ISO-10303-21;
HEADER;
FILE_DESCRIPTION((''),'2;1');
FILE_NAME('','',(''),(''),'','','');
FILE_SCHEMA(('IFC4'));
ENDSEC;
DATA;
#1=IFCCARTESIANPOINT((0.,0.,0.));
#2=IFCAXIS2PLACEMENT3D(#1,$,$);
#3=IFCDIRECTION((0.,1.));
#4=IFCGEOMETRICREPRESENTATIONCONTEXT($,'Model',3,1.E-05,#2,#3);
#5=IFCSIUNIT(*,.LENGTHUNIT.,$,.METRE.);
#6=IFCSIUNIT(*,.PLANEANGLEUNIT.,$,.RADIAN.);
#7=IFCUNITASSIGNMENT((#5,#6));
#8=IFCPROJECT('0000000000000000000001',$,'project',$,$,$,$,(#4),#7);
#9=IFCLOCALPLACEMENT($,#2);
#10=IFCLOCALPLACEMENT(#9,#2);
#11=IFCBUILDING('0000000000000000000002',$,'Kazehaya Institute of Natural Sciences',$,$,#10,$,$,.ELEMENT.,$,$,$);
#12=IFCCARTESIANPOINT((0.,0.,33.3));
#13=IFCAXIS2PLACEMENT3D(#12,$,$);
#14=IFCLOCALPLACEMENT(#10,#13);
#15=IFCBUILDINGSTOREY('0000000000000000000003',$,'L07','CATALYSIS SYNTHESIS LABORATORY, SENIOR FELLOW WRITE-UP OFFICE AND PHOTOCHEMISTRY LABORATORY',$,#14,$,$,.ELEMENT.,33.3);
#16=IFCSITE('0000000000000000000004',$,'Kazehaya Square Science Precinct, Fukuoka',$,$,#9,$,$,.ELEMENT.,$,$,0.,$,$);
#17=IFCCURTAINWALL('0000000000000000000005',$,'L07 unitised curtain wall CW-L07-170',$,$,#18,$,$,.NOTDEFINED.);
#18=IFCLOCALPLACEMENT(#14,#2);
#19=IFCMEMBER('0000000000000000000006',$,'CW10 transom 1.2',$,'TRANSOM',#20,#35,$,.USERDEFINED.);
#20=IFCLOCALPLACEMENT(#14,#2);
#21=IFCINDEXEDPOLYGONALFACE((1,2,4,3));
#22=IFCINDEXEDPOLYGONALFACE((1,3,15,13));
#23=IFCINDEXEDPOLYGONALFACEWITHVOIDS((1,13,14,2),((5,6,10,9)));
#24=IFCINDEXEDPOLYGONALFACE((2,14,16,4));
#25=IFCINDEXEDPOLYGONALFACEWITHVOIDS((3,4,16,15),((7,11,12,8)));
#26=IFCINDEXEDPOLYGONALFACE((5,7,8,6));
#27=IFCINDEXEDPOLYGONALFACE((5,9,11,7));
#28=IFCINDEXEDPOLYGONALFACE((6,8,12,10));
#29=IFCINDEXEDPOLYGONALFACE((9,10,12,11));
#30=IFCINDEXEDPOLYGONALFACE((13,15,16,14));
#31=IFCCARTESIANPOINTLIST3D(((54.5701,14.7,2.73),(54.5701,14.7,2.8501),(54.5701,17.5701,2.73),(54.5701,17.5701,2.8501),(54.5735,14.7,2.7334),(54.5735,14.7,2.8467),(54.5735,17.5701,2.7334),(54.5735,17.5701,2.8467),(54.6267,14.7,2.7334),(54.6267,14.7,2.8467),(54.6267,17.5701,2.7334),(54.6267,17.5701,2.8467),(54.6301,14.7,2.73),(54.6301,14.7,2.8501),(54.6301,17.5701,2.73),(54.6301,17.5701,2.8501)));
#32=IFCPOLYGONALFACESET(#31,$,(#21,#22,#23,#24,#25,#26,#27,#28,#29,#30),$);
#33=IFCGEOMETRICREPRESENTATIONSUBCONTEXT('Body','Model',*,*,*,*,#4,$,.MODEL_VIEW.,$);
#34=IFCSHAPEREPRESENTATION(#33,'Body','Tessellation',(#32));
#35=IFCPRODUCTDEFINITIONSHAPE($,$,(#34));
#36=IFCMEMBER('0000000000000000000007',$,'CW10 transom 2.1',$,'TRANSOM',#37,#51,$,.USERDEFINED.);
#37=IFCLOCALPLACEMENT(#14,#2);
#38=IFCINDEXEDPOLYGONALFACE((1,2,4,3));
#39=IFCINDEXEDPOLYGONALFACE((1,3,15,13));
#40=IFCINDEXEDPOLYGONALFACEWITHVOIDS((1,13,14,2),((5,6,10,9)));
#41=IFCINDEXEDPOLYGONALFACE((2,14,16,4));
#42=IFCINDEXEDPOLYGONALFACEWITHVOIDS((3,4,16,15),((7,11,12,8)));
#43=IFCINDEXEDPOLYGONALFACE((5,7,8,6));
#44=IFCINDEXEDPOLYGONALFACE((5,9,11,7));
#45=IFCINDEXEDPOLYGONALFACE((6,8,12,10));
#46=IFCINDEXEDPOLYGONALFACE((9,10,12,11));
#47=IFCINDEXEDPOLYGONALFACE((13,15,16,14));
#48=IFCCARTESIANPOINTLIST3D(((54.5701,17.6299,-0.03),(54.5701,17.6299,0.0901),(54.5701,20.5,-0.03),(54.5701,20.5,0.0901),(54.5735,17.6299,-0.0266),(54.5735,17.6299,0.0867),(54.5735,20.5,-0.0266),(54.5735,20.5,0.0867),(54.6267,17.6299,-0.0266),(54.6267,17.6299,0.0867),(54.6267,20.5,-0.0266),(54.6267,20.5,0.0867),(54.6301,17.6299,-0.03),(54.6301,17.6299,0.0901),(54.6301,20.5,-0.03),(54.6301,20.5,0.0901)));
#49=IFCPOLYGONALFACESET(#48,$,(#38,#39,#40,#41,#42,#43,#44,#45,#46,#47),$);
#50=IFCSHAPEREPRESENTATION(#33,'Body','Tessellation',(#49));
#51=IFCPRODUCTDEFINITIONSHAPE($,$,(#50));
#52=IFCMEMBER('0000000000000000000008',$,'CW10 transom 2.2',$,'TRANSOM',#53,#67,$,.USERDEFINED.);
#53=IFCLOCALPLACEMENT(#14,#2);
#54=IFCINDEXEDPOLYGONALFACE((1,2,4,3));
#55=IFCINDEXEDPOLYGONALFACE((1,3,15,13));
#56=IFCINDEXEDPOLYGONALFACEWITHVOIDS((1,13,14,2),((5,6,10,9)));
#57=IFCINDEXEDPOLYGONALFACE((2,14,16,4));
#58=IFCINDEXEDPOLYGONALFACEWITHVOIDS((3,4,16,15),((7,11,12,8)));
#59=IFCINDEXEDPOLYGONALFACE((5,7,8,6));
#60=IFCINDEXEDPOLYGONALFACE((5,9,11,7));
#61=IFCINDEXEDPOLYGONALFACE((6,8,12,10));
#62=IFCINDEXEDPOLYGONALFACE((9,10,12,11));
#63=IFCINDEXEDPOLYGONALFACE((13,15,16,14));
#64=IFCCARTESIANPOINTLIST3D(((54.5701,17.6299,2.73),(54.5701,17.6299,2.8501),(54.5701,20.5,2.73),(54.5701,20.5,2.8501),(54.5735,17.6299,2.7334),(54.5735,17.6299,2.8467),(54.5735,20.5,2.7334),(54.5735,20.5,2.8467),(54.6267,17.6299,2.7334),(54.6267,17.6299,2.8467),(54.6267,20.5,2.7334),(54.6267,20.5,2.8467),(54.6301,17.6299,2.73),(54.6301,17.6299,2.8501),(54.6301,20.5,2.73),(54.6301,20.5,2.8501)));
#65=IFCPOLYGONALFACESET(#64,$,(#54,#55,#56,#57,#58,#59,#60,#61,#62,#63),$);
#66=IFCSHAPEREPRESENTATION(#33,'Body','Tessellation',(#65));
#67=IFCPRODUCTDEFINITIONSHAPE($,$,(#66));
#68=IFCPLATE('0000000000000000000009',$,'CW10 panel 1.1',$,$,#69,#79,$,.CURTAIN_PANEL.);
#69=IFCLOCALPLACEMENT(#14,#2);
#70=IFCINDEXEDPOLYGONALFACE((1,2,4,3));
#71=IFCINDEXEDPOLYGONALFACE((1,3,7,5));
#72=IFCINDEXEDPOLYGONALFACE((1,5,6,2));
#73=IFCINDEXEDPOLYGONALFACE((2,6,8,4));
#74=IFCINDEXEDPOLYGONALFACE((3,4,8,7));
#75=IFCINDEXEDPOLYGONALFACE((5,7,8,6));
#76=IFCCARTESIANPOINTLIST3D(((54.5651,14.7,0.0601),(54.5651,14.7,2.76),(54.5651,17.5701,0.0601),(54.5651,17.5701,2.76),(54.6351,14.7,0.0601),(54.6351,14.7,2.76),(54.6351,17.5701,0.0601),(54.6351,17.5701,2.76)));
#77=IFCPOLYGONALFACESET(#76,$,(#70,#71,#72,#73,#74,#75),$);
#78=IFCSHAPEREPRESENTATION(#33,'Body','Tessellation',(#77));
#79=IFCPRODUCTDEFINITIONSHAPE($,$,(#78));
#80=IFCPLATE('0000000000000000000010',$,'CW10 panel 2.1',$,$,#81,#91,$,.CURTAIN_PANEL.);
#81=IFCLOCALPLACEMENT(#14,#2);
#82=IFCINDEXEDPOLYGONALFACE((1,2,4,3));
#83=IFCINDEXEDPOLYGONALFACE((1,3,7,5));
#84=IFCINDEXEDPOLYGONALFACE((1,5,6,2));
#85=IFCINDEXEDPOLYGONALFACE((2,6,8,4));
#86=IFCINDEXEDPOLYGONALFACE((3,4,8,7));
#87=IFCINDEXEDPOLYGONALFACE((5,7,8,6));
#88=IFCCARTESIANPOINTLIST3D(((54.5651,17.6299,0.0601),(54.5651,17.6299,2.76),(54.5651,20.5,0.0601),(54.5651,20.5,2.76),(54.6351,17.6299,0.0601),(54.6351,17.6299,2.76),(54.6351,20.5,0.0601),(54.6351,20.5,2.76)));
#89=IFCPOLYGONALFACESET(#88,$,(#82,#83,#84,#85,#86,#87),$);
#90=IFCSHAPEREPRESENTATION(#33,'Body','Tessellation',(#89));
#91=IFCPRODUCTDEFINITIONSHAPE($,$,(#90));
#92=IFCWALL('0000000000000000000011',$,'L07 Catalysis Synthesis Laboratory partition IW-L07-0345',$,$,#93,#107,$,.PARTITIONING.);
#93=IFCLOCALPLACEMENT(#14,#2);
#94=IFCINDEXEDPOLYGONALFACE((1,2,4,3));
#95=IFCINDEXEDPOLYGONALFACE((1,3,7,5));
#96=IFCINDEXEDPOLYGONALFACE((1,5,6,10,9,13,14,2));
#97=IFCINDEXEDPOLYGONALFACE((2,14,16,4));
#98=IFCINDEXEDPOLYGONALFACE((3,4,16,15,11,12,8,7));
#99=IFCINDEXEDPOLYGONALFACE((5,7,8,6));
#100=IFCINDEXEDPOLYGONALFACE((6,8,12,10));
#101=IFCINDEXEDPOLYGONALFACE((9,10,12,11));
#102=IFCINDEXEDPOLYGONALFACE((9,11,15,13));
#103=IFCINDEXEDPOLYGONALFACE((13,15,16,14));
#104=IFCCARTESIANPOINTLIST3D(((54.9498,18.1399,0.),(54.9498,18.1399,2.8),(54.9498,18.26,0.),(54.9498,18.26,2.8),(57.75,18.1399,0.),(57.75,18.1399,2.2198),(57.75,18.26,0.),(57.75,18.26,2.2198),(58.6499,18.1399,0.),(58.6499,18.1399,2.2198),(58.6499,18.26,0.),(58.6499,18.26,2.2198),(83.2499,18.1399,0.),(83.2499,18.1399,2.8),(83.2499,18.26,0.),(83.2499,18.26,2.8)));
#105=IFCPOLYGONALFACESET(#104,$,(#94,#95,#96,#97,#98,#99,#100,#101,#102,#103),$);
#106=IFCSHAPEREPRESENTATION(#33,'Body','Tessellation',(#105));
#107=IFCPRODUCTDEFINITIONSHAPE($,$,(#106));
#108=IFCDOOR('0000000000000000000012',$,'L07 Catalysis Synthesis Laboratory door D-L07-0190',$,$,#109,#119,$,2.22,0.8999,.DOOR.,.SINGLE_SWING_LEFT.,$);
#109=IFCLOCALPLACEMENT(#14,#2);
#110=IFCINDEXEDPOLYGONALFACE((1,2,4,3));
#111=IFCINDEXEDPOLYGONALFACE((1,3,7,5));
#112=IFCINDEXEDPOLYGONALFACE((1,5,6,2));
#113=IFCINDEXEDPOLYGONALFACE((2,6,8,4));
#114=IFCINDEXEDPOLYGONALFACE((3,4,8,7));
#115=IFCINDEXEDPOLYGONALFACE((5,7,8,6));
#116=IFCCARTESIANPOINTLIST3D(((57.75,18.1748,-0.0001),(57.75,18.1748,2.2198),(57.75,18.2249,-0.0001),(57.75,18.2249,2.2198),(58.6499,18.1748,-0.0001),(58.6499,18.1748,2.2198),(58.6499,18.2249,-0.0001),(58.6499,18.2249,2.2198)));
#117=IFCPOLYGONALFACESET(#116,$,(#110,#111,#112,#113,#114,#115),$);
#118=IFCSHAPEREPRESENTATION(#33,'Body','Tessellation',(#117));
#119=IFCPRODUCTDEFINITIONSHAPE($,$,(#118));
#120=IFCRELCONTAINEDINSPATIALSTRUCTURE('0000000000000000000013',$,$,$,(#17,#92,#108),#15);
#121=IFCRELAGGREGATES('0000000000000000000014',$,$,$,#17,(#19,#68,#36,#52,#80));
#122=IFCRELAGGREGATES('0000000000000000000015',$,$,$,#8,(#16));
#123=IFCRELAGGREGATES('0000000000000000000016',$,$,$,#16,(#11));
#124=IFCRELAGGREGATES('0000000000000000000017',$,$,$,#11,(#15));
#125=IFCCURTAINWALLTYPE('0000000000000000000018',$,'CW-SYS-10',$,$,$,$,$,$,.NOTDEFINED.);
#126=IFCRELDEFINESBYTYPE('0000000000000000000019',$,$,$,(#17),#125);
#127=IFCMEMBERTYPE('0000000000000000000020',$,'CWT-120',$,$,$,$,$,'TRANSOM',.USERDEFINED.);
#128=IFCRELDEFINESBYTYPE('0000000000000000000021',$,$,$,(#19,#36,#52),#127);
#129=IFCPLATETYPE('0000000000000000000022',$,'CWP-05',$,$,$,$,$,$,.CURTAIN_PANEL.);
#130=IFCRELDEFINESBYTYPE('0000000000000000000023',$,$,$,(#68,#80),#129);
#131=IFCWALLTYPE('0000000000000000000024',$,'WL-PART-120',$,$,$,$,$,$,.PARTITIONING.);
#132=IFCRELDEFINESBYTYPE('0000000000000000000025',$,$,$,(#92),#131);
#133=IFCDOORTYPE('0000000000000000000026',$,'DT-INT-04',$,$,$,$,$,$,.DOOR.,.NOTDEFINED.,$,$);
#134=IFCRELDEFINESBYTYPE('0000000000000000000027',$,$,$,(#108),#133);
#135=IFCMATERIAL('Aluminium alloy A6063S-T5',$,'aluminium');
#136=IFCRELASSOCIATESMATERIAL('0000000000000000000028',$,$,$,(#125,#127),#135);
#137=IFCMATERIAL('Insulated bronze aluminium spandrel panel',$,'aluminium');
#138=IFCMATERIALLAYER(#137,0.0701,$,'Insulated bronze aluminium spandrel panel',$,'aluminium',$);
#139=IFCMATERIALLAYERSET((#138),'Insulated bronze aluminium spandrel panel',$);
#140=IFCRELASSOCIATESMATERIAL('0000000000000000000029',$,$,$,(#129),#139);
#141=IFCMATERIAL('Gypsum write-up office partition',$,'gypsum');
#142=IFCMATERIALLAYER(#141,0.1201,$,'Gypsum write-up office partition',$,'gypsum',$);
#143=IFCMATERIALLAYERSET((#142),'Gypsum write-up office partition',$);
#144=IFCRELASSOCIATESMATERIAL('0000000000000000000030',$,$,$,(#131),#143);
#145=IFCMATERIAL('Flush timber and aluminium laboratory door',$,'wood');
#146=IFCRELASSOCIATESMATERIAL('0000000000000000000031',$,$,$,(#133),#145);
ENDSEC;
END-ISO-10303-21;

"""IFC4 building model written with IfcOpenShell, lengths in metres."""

from ifc_helpers import new_model, si_unit, direction, frame, frame_2d, origin, origin_2d, place, context, subcontext, project, spatial, rectangle, hollow_rectangle, extrude, material, layer, layer_set, material_profile, profile_set, type_object, element, fill, aggregate, save


model = new_model("IFC4")

# Units and contexts
model_context = context("Model", 3, precision=1e-05, world=origin(), true_north=direction((0.0, 1.0)))
body_context = subcontext(model_context, "Body", "Model", "MODEL_VIEW")
ifc_project = project(units=[si_unit("LENGTHUNIT", "METRE"), si_unit("PLANEANGLEUNIT", "RADIAN")], contexts=[model_context])

# Site, building, storey
site_placement = place(None, origin())
site = spatial("IfcSite", under=ifc_project, at=site_placement, Name="Kazehaya Square Science Precinct, Fukuoka", CompositionType="ELEMENT", RefElevation=0.0)
building_placement = place(site_placement, origin())
building = spatial("IfcBuilding", under=site, at=building_placement, Name="Kazehaya Institute of Natural Sciences", CompositionType="ELEMENT")
storey_placement = place(building_placement, frame((0.0, 0.0, 33.3)))
storey = spatial("IfcBuildingStorey", under=building, at=storey_placement, Name="L07", Description="CATALYSIS SYNTHESIS LABORATORY, SENIOR FELLOW WRITE-UP OFFICE AND PHOTOCHEMISTRY LABORATORY", CompositionType="ELEMENT", Elevation=33.3)

# Curtain wall, members, plates
ifc_material_1 = material(Name="Aluminium alloy A6063S-T5", Category="aluminium")
curtain_wall_type = type_object("IfcCurtainWallType", Name="CW-SYS-10", PredefinedType="NOTDEFINED", material=ifc_material_1)
curtain_wall_placement = place(storey_placement, origin())
curtain_wall = element("IfcCurtainWall", 1, at=curtain_wall_placement, inside=storey, type_object=curtain_wall_type, Name="L07 unitised curtain wall CW-L07-170", PredefinedType="NOTDEFINED")
ifc_material_profile_1 = material_profile(ifc_material_1, hollow_rectangle(XDim=0.0601, YDim=0.1201, WallThickness=0.0034, at=origin_2d()), Name="ALU-60x120x3.5")
ifc_profile_set_1 = profile_set([ifc_material_profile_1], Name="Aluminium alloy A6063S-T5")
member_type_1 = type_object("IfcMemberType", Name="CWT-120", ElementType="TRANSOM", PredefinedType="USERDEFINED", material=ifc_profile_set_1)
member_1_placement = place(storey_placement, frame((54.6001, 14.7, 2.79), z_axis=(0.0, 1.0, 0.0), x_axis=(-1.0, 0.0, 0.0)))
member_1 = element("IfcMember", 2, at=member_1_placement, type_object=member_type_1, Name="CW10 transom 1.2", ObjectType="TRANSOM", PredefinedType="USERDEFINED", context=body_context, shape_type="SweptSolid", body=[
    extrude(hollow_rectangle(XDim=0.0601, YDim=0.1201, WallThickness=0.0034, at=origin_2d()), origin(), (0.0, 0.0, 1.0), 2.8701),
])
member_2_placement = place(storey_placement, frame((54.6001, 17.6299, 0.03), z_axis=(0.0, 1.0, 0.0), x_axis=(-1.0, 0.0, 0.0)))
member_2 = element("IfcMember", 3, at=member_2_placement, type_object=member_type_1, Name="CW10 transom 2.1", ObjectType="TRANSOM", PredefinedType="USERDEFINED", context=body_context, shape_type="SweptSolid", body=[
    extrude(hollow_rectangle(XDim=0.0601, YDim=0.1201, WallThickness=0.0034, at=origin_2d()), origin(), (0.0, 0.0, 1.0), 2.8701),
])
member_3_placement = place(storey_placement, frame((54.6001, 17.6299, 2.79), z_axis=(0.0, 1.0, 0.0), x_axis=(-1.0, 0.0, 0.0)))
member_3 = element("IfcMember", 4, at=member_3_placement, type_object=member_type_1, Name="CW10 transom 2.2", ObjectType="TRANSOM", PredefinedType="USERDEFINED", context=body_context, shape_type="SweptSolid", body=[
    extrude(hollow_rectangle(XDim=0.0601, YDim=0.1201, WallThickness=0.0034, at=origin_2d()), origin(), (0.0, 0.0, 1.0), 2.8701),
])
ifc_material_2 = material(Name="Insulated bronze aluminium spandrel panel", Category="aluminium")
ifc_layer_1 = layer(ifc_material_2, 0.0701, Name="Insulated bronze aluminium spandrel panel", Category="aluminium")
ifc_layer_set_1 = layer_set([ifc_layer_1], Name="Insulated bronze aluminium spandrel panel")
plate_type = type_object("IfcPlateType", Name="CWP-05", PredefinedType="CURTAIN_PANEL", material=ifc_layer_set_1)
plate_1_placement = place(storey_placement, frame((54.6001, 16.135, 0.0601), z_axis=(0.0, 0.0, 1.0), x_axis=(0.0, 1.0, 0.0)))
plate_1 = element("IfcPlate", 5, at=plate_1_placement, type_object=plate_type, Name="CW10 panel 1.1", PredefinedType="CURTAIN_PANEL", context=body_context, shape_type="SweptSolid", body=[
    extrude(rectangle(XDim=2.8701, YDim=0.0701, at=origin_2d()), origin(), (0.0, 0.0, 1.0), 2.7),
])
plate_2_placement = place(storey_placement, frame((54.6001, 19.0649, 0.0601), z_axis=(0.0, 0.0, 1.0), x_axis=(0.0, 1.0, 0.0)))
plate_2 = element("IfcPlate", 6, at=plate_2_placement, type_object=plate_type, Name="CW10 panel 2.1", PredefinedType="CURTAIN_PANEL", context=body_context, shape_type="SweptSolid", body=[
    extrude(rectangle(XDim=2.8701, YDim=0.0701, at=origin_2d()), origin(), (0.0, 0.0, 1.0), 2.7),
])
aggregate(curtain_wall, [member_1, plate_1, member_2, member_3, plate_2])

# Wall, opening, door
ifc_material_3 = material(Name="Gypsum write-up office partition", Category="gypsum")
ifc_layer_2 = layer(ifc_material_3, 0.1201, Name="Gypsum write-up office partition", Category="gypsum")
ifc_layer_set_2 = layer_set([ifc_layer_2], Name="Gypsum write-up office partition")
wall_type = type_object("IfcWallType", Name="WL-PART-120", PredefinedType="PARTITIONING", material=ifc_layer_set_2)
wall_placement = place(storey_placement, frame((54.95, 18.2, 0.0), z_axis=(0.0, 0.0, 1.0), x_axis=(1.0, 0.0, 0.0)))
wall = element("IfcWall", 7, at=wall_placement, inside=storey, type_object=wall_type, Name="L07 Catalysis Synthesis Laboratory partition IW-L07-0345", PredefinedType="PARTITIONING", context=body_context, shape_type="SweptSolid", body=[
    extrude(rectangle(XDim=28.3, YDim=0.1201, at=frame_2d((14.1499, 0.0))), origin(), (0.0, 0.0, 1.0), 2.8),
])
opening_placement = place(wall_placement, frame((2.8, 0.0, 0.0)))
opening = element("IfcOpeningElement", 8, at=opening_placement, cuts=wall, PredefinedType="OPENING", context=body_context, shape_type="SweptSolid", body=[
    extrude(rectangle(XDim=0.8999, YDim=2.22, at=frame_2d((0.45, 1.1099))), frame((0.0, 0.0701, 0.0), z_axis=(0.0, -1.0, 0.0), x_axis=(1.0, 0.0, 0.0)), (0.0, 0.0, 1.0), 0.1401),
])
ifc_material_4 = material(Name="Flush timber and aluminium laboratory door", Category="wood")
door_type = type_object("IfcDoorType", Name="DT-INT-04", OperationType="NOTDEFINED", PredefinedType="DOOR", material=ifc_material_4)
door_placement = place(opening_placement, origin())
door = element("IfcDoor", 9, at=door_placement, inside=storey, type_object=door_type, Name="L07 Catalysis Synthesis Laboratory door D-L07-0190", OperationType="SINGLE_SWING_LEFT", OverallHeight=2.22, OverallWidth=0.8999, PredefinedType="DOOR", context=body_context, shape_type="SweptSolid", body=[
    extrude(rectangle(XDim=0.8999, YDim=2.22, at=frame_2d((0.45, 1.1099))), frame((0.0, 0.0249, 0.0), z_axis=(0.0, -1.0, 0.0), x_axis=(1.0, 0.0, 0.0)), (0.0, 0.0, 1.0), 0.05),
])
fill(opening, door)

save(model, "model.ifc")
